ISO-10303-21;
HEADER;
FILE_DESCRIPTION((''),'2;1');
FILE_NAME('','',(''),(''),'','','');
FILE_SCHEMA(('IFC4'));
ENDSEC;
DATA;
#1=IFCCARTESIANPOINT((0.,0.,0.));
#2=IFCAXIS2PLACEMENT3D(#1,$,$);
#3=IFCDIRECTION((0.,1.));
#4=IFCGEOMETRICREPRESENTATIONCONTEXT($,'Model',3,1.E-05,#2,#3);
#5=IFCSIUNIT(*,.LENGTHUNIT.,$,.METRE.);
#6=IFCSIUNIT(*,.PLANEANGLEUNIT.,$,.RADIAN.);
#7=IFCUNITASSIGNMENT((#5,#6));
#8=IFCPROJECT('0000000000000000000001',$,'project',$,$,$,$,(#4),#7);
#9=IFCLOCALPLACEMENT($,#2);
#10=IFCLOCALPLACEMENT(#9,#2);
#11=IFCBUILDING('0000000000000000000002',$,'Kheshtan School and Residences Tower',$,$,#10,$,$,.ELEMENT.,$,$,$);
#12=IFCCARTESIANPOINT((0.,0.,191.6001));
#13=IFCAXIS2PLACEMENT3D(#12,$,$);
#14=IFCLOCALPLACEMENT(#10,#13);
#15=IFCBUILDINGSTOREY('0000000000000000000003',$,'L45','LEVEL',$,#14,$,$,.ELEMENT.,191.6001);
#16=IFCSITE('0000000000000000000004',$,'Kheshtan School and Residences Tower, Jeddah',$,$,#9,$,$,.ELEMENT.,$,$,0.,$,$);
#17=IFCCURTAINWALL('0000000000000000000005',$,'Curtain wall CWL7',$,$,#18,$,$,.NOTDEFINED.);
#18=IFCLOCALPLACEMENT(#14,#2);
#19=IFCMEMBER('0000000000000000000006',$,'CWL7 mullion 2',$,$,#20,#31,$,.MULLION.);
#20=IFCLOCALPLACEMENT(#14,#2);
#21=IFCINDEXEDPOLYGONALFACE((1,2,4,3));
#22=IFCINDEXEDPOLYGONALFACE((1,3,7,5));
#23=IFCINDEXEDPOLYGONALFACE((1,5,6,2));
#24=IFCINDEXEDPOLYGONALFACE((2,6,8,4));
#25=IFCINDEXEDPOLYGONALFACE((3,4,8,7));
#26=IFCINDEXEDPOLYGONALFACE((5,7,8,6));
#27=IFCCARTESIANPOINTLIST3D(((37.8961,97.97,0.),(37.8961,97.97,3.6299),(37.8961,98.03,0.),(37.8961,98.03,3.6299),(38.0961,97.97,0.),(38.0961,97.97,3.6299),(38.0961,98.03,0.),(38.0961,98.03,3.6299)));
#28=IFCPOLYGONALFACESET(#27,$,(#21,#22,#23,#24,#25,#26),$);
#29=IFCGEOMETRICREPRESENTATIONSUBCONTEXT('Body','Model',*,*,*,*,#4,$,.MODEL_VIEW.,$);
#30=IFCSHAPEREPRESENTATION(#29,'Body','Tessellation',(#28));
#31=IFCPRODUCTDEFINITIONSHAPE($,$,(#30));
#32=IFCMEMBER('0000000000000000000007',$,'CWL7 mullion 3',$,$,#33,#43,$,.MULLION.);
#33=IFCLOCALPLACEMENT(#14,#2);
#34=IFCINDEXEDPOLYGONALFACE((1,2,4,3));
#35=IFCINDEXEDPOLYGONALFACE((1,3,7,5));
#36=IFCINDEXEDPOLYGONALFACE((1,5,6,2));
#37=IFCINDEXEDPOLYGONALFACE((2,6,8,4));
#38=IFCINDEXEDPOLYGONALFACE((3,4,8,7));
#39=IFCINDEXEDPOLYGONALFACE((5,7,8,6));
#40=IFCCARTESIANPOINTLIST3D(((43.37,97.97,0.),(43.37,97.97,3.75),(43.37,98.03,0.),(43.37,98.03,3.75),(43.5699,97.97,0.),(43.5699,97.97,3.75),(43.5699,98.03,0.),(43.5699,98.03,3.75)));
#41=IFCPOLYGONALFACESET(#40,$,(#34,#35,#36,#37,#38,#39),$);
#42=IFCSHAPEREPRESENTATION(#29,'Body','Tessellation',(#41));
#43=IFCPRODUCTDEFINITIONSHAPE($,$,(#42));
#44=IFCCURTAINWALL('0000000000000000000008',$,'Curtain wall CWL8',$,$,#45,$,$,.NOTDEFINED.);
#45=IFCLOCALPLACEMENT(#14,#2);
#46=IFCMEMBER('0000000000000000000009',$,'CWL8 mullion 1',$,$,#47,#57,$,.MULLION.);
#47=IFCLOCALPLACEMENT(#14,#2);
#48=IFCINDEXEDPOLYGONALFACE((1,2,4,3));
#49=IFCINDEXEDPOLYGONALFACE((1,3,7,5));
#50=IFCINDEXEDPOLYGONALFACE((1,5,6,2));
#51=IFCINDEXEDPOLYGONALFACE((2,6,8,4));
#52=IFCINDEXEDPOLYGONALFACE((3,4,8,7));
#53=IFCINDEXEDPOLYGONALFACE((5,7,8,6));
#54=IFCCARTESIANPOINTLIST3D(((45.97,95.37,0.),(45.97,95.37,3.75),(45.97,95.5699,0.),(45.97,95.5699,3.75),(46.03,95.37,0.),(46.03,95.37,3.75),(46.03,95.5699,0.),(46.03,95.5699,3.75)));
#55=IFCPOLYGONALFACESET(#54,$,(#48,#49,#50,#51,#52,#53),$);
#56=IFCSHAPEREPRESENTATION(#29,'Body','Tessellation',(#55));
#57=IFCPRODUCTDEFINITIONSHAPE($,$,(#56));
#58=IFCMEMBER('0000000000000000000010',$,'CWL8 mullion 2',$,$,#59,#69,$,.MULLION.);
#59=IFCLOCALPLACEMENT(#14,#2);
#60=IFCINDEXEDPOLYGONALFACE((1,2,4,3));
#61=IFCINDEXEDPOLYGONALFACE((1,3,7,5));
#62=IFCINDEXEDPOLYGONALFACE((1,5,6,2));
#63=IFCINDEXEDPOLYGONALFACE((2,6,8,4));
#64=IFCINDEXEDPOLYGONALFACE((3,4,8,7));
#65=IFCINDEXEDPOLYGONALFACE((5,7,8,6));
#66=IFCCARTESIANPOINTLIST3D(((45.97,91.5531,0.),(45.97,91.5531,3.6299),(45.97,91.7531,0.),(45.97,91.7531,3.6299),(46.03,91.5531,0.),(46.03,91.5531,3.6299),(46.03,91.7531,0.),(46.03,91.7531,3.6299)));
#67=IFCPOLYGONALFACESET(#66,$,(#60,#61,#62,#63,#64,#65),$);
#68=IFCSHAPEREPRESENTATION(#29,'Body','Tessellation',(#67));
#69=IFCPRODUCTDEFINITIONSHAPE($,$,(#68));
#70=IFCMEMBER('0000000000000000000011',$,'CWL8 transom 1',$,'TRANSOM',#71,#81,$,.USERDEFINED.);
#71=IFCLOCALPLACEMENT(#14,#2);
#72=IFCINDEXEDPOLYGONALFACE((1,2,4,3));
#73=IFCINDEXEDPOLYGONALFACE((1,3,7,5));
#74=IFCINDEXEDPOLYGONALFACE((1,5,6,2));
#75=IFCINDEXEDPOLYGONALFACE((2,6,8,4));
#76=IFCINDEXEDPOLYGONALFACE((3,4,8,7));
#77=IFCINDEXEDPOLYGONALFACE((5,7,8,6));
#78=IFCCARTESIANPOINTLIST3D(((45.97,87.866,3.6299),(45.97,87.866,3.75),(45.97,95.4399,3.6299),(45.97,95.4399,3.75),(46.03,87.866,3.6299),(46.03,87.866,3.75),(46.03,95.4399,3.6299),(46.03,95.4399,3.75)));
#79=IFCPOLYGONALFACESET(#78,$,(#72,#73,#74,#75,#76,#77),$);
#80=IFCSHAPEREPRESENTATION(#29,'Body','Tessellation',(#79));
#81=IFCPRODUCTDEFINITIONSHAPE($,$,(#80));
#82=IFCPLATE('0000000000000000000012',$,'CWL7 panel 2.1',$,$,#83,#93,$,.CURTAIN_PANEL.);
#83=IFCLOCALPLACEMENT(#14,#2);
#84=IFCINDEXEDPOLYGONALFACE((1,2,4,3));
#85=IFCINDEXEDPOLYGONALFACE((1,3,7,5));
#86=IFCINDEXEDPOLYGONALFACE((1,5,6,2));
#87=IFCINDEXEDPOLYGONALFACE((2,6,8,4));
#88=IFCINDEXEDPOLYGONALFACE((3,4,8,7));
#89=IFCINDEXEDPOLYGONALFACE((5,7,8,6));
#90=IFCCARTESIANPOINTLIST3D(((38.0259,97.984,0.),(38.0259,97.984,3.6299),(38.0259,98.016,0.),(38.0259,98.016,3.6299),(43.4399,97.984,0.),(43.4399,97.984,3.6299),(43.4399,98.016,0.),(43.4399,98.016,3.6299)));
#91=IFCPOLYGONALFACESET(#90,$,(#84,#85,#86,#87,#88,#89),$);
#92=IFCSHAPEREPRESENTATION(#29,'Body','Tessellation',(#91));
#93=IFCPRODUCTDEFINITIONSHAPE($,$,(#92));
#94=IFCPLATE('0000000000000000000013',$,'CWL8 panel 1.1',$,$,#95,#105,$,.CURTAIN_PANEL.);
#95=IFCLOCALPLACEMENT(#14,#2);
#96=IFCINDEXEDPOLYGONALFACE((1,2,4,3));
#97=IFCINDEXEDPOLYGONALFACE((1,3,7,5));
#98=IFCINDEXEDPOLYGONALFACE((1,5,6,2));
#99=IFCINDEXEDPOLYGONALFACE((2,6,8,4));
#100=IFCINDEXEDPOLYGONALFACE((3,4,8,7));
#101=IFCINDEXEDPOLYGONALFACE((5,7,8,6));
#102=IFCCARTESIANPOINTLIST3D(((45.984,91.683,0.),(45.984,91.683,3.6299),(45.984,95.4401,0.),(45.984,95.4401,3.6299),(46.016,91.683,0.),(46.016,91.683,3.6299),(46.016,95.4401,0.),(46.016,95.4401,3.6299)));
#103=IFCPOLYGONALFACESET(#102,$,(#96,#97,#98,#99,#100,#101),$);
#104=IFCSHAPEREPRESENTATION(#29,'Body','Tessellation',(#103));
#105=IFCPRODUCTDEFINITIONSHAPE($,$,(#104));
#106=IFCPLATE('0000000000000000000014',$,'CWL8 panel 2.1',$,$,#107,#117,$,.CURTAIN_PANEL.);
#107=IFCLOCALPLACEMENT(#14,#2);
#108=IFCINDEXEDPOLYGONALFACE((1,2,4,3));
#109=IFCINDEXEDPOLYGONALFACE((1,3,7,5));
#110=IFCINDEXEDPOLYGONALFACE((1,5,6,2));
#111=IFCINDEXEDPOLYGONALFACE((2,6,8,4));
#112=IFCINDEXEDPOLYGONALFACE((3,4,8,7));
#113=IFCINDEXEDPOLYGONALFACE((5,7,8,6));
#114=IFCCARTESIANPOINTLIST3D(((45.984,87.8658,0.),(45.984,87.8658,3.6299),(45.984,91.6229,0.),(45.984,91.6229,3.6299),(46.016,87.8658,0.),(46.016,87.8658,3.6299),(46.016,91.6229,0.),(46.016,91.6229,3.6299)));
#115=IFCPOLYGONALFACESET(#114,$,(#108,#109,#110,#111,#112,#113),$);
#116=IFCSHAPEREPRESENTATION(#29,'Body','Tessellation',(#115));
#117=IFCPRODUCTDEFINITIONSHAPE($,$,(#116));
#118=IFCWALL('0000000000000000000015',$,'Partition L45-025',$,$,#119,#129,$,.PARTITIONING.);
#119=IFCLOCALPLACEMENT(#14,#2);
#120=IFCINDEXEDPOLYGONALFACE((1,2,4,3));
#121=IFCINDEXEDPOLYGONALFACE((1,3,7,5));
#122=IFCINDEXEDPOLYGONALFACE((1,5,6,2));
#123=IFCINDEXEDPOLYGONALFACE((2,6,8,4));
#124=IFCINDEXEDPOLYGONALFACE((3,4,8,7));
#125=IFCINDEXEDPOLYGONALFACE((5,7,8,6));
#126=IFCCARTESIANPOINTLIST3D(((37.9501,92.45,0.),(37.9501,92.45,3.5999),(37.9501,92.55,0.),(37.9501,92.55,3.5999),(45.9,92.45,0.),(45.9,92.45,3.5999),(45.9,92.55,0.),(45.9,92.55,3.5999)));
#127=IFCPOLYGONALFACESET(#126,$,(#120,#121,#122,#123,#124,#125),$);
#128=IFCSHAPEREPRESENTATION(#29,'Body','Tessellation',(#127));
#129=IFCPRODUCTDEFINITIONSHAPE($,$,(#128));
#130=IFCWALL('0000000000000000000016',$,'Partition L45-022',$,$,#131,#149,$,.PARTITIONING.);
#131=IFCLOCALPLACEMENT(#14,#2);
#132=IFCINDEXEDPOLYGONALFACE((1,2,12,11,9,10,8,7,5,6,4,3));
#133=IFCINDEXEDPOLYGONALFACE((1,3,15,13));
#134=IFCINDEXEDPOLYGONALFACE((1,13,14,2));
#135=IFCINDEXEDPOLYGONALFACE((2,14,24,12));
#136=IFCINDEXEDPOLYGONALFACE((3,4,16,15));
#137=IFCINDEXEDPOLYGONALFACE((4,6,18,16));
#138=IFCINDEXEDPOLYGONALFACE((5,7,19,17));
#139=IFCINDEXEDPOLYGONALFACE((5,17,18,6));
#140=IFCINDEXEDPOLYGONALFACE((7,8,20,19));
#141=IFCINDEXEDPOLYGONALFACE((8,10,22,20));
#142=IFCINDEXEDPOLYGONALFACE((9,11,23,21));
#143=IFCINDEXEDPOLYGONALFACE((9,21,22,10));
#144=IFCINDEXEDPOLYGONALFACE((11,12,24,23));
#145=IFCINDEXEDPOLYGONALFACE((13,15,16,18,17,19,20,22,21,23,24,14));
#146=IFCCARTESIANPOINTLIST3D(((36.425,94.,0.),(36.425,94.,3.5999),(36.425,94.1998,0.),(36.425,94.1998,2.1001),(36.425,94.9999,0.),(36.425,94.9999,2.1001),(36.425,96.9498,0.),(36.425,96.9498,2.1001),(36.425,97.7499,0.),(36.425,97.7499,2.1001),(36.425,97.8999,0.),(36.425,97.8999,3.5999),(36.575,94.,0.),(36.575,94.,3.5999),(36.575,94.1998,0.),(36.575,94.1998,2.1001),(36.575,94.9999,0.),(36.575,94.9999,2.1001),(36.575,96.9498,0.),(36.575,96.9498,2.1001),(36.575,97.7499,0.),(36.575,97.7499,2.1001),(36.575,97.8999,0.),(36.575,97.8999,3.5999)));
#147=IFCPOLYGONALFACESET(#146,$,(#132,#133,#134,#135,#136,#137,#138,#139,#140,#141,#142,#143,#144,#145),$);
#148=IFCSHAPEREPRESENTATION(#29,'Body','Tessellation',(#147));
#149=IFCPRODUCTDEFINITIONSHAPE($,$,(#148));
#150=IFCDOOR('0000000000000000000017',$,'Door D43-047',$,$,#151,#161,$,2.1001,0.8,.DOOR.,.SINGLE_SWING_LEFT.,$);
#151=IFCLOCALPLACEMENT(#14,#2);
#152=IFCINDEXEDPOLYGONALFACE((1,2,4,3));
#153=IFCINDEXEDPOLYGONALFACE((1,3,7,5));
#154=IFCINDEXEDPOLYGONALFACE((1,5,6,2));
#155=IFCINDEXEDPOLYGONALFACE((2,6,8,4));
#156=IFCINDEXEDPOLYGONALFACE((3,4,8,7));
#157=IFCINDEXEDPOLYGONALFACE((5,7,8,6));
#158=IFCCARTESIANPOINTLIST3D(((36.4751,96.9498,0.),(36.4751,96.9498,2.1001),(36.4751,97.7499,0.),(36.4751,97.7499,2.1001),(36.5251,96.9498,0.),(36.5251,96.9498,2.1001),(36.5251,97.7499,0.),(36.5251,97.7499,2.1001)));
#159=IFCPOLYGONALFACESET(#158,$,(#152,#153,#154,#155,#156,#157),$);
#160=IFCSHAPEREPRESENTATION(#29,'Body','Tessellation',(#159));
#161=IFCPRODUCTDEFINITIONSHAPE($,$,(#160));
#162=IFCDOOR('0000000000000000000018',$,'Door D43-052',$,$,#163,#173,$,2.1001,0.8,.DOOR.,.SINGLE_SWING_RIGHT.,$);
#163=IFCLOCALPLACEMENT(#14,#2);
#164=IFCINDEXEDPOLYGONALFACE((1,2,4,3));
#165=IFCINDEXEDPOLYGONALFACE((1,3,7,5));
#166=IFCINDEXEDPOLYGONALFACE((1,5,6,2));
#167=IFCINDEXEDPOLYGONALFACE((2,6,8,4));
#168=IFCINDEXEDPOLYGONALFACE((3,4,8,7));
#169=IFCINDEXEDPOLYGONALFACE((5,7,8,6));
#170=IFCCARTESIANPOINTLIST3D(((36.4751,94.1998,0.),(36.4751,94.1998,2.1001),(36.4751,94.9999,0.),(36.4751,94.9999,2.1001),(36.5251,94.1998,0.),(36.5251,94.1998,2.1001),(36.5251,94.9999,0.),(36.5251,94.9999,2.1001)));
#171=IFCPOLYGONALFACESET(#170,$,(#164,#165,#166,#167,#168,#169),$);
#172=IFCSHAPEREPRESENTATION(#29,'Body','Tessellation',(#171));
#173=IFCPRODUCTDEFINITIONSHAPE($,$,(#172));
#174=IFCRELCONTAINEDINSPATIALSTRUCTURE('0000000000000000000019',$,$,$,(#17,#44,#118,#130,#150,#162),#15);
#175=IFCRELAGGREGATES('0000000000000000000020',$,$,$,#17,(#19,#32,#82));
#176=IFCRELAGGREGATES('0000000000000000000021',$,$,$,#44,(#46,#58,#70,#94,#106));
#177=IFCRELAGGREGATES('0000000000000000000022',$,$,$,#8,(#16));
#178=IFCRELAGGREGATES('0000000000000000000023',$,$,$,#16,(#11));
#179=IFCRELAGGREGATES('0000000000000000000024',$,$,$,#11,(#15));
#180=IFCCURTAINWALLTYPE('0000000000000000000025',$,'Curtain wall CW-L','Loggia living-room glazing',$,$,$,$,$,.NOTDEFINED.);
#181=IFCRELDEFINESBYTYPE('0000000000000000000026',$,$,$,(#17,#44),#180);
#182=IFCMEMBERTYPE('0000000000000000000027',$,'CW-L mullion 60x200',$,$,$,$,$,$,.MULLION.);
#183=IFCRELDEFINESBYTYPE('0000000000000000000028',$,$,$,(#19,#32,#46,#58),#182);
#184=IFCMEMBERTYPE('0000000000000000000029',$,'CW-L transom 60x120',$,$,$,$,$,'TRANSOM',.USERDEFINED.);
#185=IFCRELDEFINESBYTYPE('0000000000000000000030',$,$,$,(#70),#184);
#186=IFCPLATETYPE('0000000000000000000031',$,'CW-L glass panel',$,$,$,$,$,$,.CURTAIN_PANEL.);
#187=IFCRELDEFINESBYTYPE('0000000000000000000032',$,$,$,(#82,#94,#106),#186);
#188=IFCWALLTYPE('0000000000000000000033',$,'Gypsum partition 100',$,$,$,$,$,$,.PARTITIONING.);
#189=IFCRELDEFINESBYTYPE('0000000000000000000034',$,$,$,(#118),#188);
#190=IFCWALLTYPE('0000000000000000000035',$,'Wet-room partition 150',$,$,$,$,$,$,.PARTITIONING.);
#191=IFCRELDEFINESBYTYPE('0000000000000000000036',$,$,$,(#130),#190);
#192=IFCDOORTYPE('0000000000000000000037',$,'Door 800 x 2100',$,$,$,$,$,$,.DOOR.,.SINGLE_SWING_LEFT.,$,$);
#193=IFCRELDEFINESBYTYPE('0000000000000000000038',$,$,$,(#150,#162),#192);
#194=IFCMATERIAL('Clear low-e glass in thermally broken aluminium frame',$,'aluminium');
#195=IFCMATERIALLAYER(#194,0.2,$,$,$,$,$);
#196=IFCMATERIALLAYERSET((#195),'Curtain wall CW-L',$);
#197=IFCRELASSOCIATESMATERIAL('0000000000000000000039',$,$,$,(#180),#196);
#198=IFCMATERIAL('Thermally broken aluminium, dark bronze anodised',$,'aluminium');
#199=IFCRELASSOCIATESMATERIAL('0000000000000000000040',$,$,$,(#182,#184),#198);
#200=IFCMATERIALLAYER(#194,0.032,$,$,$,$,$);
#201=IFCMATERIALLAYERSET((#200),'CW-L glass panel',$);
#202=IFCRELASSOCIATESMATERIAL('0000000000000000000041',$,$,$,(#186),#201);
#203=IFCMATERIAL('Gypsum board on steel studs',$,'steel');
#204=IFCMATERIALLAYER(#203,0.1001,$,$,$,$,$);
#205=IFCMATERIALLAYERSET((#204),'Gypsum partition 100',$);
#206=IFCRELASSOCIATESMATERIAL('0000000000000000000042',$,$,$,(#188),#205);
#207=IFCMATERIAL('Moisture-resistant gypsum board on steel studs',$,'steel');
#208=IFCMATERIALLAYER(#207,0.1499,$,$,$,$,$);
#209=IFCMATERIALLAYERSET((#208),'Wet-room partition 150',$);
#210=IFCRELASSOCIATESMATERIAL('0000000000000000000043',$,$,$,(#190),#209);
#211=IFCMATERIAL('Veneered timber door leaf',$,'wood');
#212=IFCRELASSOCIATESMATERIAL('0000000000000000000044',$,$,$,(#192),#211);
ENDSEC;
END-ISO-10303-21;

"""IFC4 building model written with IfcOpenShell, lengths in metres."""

from ifc_helpers import new_model, si_unit, direction, frame, frame_2d, origin, origin_2d, place, context, subcontext, project, spatial, rectangle, extrude, source, transform, mapped, material, layer, layer_set, material_profile, profile_set, type_object, element, fill, aggregate, save


model = new_model("IFC4")

# Units and contexts
model_context = context("Model", 3, precision=1e-05, world=origin(), true_north=direction((0.0, 1.0)))
body_context = subcontext(model_context, "Body", "Model", "MODEL_VIEW")
ifc_project = project(units=[si_unit("LENGTHUNIT", "METRE"), si_unit("PLANEANGLEUNIT", "RADIAN")], contexts=[model_context])

# Site, building, storey
site_placement = place(None, origin())
site = spatial("IfcSite", under=ifc_project, at=site_placement, Name="Kheshtan School and Residences Tower, Jeddah", CompositionType="ELEMENT", RefElevation=0.0)
building_placement = place(site_placement, origin())
building = spatial("IfcBuilding", under=site, at=building_placement, Name="Kheshtan School and Residences Tower", CompositionType="ELEMENT")
storey_placement = place(building_placement, frame((0.0, 0.0, 191.6001)))
storey = spatial("IfcBuildingStorey", under=building, at=storey_placement, Name="L45", Description="LEVEL", CompositionType="ELEMENT", Elevation=191.6001)

# Curtain walls, members
ifc_material_1 = material(Name="Clear low-e glass in thermally broken aluminium frame", Category="aluminium")
ifc_layer_1 = layer(ifc_material_1, 0.2)
ifc_layer_set_1 = layer_set([ifc_layer_1], Name="Curtain wall CW-L")
curtain_wall_type = type_object("IfcCurtainWallType", Name="Curtain wall CW-L", Description="Loggia living-room glazing", PredefinedType="NOTDEFINED", material=ifc_layer_set_1)
curtain_wall_1_placement = place(storey_placement, origin())
curtain_wall_1 = element("IfcCurtainWall", 1, at=curtain_wall_1_placement, inside=storey, type_object=curtain_wall_type, Name="Curtain wall CWL7", PredefinedType="NOTDEFINED")
ifc_material_2 = material(Name="Thermally broken aluminium, dark bronze anodised", Category="aluminium")
ifc_material_profile_1 = material_profile(ifc_material_2, rectangle(XDim=0.0601, YDim=0.2, at=origin_2d()), Name="CW-L mullion 60x200")
ifc_profile_set_1 = profile_set([ifc_material_profile_1], Name="Thermally broken aluminium, dark bronze anodised")
member_type_1 = type_object("IfcMemberType", Name="CW-L mullion 60x200", PredefinedType="MULLION", material=ifc_profile_set_1)
member_1_placement = place(storey_placement, frame((37.9961, 98.0, 0.0), z_axis=(0.0, 0.0, 1.0), x_axis=(0.0, 1.0, 0.0)))
member_1 = element("IfcMember", 2, at=member_1_placement, type_object=member_type_1, Name="CWL7 mullion 2", PredefinedType="MULLION", context=body_context, shape_type="SweptSolid", body=[
    extrude(rectangle(XDim=0.0601, YDim=0.2, at=origin_2d()), origin(), (0.0, 0.0, 1.0), 3.6299),
])
member_2_placement = place(storey_placement, frame((43.47, 98.0, 0.0), z_axis=(0.0, 0.0, 1.0), x_axis=(0.0, 1.0, 0.0)))
member_2 = element("IfcMember", 3, at=member_2_placement, type_object=member_type_1, Name="CWL7 mullion 3", PredefinedType="MULLION", context=body_context, shape_type="SweptSolid", body=[
    extrude(rectangle(XDim=0.0601, YDim=0.2, at=origin_2d()), origin(), (0.0, 0.0, 1.0), 3.75),
])
curtain_wall_2_placement = place(storey_placement, origin())
curtain_wall_2 = element("IfcCurtainWall", 4, at=curtain_wall_2_placement, inside=storey, type_object=curtain_wall_type, Name="Curtain wall CWL8", PredefinedType="NOTDEFINED")
member_3_placement = place(storey_placement, frame((46.0, 95.47, 0.0), z_axis=(0.0, 0.0, 1.0), x_axis=(1.0, 0.0, 0.0)))
member_3 = element("IfcMember", 5, at=member_3_placement, type_object=member_type_1, Name="CWL8 mullion 1", PredefinedType="MULLION", context=body_context, shape_type="SweptSolid", body=[
    extrude(rectangle(XDim=0.0601, YDim=0.2, at=origin_2d()), origin(), (0.0, 0.0, 1.0), 3.75),
])
member_4_placement = place(storey_placement, frame((46.0, 91.6531, 0.0), z_axis=(0.0, 0.0, 1.0), x_axis=(1.0, 0.0, 0.0)))
member_4 = element("IfcMember", 6, at=member_4_placement, type_object=member_type_1, Name="CWL8 mullion 2", PredefinedType="MULLION", context=body_context, shape_type="SweptSolid", body=[
    extrude(rectangle(XDim=0.0601, YDim=0.2, at=origin_2d()), origin(), (0.0, 0.0, 1.0), 3.6299),
])
ifc_material_profile_2 = material_profile(ifc_material_2, rectangle(XDim=0.0601, YDim=0.1201, at=origin_2d()), Name="CW-L transom 60x120")
ifc_profile_set_2 = profile_set([ifc_material_profile_2], Name="Thermally broken aluminium, dark bronze anodised")
member_type_2 = type_object("IfcMemberType", Name="CW-L transom 60x120", ElementType="TRANSOM", PredefinedType="USERDEFINED", material=ifc_profile_set_2)
member_5_placement = place(storey_placement, frame((46.0, 95.4399, 3.6899), z_axis=(0.0, -1.0, 0.0), x_axis=(1.0, 0.0, 0.0)))
member_5 = element("IfcMember", 7, at=member_5_placement, type_object=member_type_2, Name="CWL8 transom 1", ObjectType="TRANSOM", PredefinedType="USERDEFINED", context=body_context, shape_type="SweptSolid", body=[
    extrude(rectangle(XDim=0.0601, YDim=0.1201, at=origin_2d()), origin(), (0.0, 0.0, 1.0), 7.574),
])

# Plates
ifc_layer_2 = layer(ifc_material_1, 0.032)
ifc_layer_set_2 = layer_set([ifc_layer_2], Name="CW-L glass panel")
plate_type = type_object("IfcPlateType", Name="CW-L glass panel", PredefinedType="CURTAIN_PANEL", material=ifc_layer_set_2)
plate_1_placement = place(storey_placement, frame((40.7329, 98.0, 0.0), z_axis=(0.0, 0.0, 1.0), x_axis=(1.0, 0.0, 0.0)))
plate_1 = element("IfcPlate", 8, at=plate_1_placement, type_object=plate_type, Name="CWL7 panel 2.1", PredefinedType="CURTAIN_PANEL", context=body_context, shape_type="SweptSolid", body=[
    extrude(rectangle(XDim=5.4141, YDim=0.032, at=origin_2d()), origin(), (0.0, 0.0, 1.0), 3.6299),
])
aggregate(curtain_wall_1, [member_1, member_2, plate_1])
plate_2_placement = place(storey_placement, frame((46.0, 93.5615, 0.0), z_axis=(0.0, 0.0, 1.0), x_axis=(0.0, -1.0, 0.0)))
plate_2 = element("IfcPlate", 9, at=plate_2_placement, type_object=plate_type, Name="CWL8 panel 1.1", PredefinedType="CURTAIN_PANEL", context=body_context, shape_type="SweptSolid", body=[
    extrude(rectangle(XDim=3.7571, YDim=0.032, at=origin_2d()), origin(), (0.0, 0.0, 1.0), 3.6299),
])
plate_3_placement = place(storey_placement, frame((46.0, 89.7444, 0.0), z_axis=(0.0, 0.0, 1.0), x_axis=(0.0, -1.0, 0.0)))
plate_3 = element("IfcPlate", 10, at=plate_3_placement, type_object=plate_type, Name="CWL8 panel 2.1", PredefinedType="CURTAIN_PANEL", context=body_context, shape_type="SweptSolid", body=[
    extrude(rectangle(XDim=3.7571, YDim=0.032, at=origin_2d()), origin(), (0.0, 0.0, 1.0), 3.6299),
])
aggregate(curtain_wall_2, [member_3, member_4, member_5, plate_2, plate_3])

# Wall
ifc_material_3 = material(Name="Gypsum board on steel studs", Category="steel")
ifc_layer_3 = layer(ifc_material_3, 0.1001)
ifc_layer_set_3 = layer_set([ifc_layer_3], Name="Gypsum partition 100")
wall_type_1 = type_object("IfcWallType", Name="Gypsum partition 100", PredefinedType="PARTITIONING", material=ifc_layer_set_3)
wall_1_placement = place(storey_placement, frame((37.95, 92.5, 0.0), z_axis=(0.0, 0.0, 1.0), x_axis=(1.0, 0.0, 0.0)))
element("IfcWall", 11, at=wall_1_placement, inside=storey, type_object=wall_type_1, Name="Partition L45-025", PredefinedType="PARTITIONING", context=body_context, shape_type="SweptSolid", body=[
    extrude(rectangle(XDim=7.95, YDim=0.1001, at=frame_2d((3.9751, 0.0))), origin(), (0.0, 0.0, 1.0), 3.5999),
])

# Wall, openings, doors
ifc_material_4 = material(Name="Moisture-resistant gypsum board on steel studs", Category="steel")
ifc_layer_4 = layer(ifc_material_4, 0.1499)
ifc_layer_set_4 = layer_set([ifc_layer_4], Name="Wet-room partition 150")
wall_type_2 = type_object("IfcWallType", Name="Wet-room partition 150", PredefinedType="PARTITIONING", material=ifc_layer_set_4)
wall_2_placement = place(storey_placement, frame((36.5, 94.0, 0.0), z_axis=(0.0, 0.0, 1.0), x_axis=(0.0, 1.0, 0.0)))
wall_2 = element("IfcWall", 12, at=wall_2_placement, inside=storey, type_object=wall_type_2, Name="Partition L45-022", PredefinedType="PARTITIONING", context=body_context, shape_type="SweptSolid", body=[
    extrude(rectangle(XDim=3.8999, YDim=0.1499, at=frame_2d((1.95, 0.0))), origin(), (0.0, 0.0, 1.0), 3.5999),
])
opening_1_placement = place(wall_2_placement, frame((2.95, 0.0, 0.0)))
opening_1 = element("IfcOpeningElement", 13, at=opening_1_placement, cuts=wall_2, PredefinedType="OPENING", context=body_context, shape_type="SweptSolid", body=[
    extrude(rectangle(XDim=0.8, YDim=2.1001, at=frame_2d((0.3999, 1.05))), frame((0.0, 0.085, 0.0), z_axis=(0.0, -1.0, 0.0), x_axis=(1.0, 0.0, 0.0)), (0.0, 0.0, 1.0), 0.1699),
])
opening_2_placement = place(wall_2_placement, frame((0.2, 0.0, 0.0)))
opening_2 = element("IfcOpeningElement", 14, at=opening_2_placement, cuts=wall_2, PredefinedType="OPENING", context=body_context, shape_type="SweptSolid", body=[
    extrude(rectangle(XDim=0.8, YDim=2.1001, at=frame_2d((0.3999, 1.05))), frame((0.0, 0.085, 0.0), z_axis=(0.0, -1.0, 0.0), x_axis=(1.0, 0.0, 0.0)), (0.0, 0.0, 1.0), 0.1699),
])
ifc_material_5 = material(Name="Veneered timber door leaf", Category="wood")
door_type_1 = type_object("IfcDoorType", Name="Door 800 x 2100", OperationType="SINGLE_SWING_LEFT", PredefinedType="DOOR", material=ifc_material_5)
shared_shape_1 = source(origin(), body_context, "Body", "SweptSolid", [
    extrude(rectangle(XDim=0.8, YDim=2.1001, at=frame_2d((0.3999, 1.05))), frame((0.0, 0.0249, 0.0), z_axis=(0.0, -1.0, 0.0), x_axis=(1.0, 0.0, 0.0)), (0.0, 0.0, 1.0), 0.05),
])
door_1_placement = place(opening_1_placement, origin())
door_1 = element("IfcDoor", 15, at=door_1_placement, inside=storey, type_object=door_type_1, Name="Door D43-047", OperationType="SINGLE_SWING_LEFT", OverallHeight=2.1001, OverallWidth=0.8, PredefinedType="DOOR", context=body_context, shape_type="MappedRepresentation", body=[
    mapped(shared_shape_1, transform((0.0, 0.0, 0.0), x_axis=(1.0, 0.0, 0.0), y_axis=(0.0, 1.0, 0.0), z_axis=(0.0, 0.0, 1.0), scale=1.0)),
])
fill(opening_1, door_1)
door_2_placement = place(opening_2_placement, origin())
door_2 = element("IfcDoor", 16, at=door_2_placement, inside=storey, type_object=door_type_1, Name="Door D43-052", OperationType="SINGLE_SWING_RIGHT", OverallHeight=2.1001, OverallWidth=0.8, PredefinedType="DOOR", context=body_context, shape_type="MappedRepresentation", body=[
    mapped(shared_shape_1, transform((0.0, 0.0, 0.0), x_axis=(1.0, 0.0, 0.0), y_axis=(0.0, 1.0, 0.0), z_axis=(0.0, 0.0, 1.0), scale=1.0)),
])
fill(opening_2, door_2)

save(model, "model.ifc")
